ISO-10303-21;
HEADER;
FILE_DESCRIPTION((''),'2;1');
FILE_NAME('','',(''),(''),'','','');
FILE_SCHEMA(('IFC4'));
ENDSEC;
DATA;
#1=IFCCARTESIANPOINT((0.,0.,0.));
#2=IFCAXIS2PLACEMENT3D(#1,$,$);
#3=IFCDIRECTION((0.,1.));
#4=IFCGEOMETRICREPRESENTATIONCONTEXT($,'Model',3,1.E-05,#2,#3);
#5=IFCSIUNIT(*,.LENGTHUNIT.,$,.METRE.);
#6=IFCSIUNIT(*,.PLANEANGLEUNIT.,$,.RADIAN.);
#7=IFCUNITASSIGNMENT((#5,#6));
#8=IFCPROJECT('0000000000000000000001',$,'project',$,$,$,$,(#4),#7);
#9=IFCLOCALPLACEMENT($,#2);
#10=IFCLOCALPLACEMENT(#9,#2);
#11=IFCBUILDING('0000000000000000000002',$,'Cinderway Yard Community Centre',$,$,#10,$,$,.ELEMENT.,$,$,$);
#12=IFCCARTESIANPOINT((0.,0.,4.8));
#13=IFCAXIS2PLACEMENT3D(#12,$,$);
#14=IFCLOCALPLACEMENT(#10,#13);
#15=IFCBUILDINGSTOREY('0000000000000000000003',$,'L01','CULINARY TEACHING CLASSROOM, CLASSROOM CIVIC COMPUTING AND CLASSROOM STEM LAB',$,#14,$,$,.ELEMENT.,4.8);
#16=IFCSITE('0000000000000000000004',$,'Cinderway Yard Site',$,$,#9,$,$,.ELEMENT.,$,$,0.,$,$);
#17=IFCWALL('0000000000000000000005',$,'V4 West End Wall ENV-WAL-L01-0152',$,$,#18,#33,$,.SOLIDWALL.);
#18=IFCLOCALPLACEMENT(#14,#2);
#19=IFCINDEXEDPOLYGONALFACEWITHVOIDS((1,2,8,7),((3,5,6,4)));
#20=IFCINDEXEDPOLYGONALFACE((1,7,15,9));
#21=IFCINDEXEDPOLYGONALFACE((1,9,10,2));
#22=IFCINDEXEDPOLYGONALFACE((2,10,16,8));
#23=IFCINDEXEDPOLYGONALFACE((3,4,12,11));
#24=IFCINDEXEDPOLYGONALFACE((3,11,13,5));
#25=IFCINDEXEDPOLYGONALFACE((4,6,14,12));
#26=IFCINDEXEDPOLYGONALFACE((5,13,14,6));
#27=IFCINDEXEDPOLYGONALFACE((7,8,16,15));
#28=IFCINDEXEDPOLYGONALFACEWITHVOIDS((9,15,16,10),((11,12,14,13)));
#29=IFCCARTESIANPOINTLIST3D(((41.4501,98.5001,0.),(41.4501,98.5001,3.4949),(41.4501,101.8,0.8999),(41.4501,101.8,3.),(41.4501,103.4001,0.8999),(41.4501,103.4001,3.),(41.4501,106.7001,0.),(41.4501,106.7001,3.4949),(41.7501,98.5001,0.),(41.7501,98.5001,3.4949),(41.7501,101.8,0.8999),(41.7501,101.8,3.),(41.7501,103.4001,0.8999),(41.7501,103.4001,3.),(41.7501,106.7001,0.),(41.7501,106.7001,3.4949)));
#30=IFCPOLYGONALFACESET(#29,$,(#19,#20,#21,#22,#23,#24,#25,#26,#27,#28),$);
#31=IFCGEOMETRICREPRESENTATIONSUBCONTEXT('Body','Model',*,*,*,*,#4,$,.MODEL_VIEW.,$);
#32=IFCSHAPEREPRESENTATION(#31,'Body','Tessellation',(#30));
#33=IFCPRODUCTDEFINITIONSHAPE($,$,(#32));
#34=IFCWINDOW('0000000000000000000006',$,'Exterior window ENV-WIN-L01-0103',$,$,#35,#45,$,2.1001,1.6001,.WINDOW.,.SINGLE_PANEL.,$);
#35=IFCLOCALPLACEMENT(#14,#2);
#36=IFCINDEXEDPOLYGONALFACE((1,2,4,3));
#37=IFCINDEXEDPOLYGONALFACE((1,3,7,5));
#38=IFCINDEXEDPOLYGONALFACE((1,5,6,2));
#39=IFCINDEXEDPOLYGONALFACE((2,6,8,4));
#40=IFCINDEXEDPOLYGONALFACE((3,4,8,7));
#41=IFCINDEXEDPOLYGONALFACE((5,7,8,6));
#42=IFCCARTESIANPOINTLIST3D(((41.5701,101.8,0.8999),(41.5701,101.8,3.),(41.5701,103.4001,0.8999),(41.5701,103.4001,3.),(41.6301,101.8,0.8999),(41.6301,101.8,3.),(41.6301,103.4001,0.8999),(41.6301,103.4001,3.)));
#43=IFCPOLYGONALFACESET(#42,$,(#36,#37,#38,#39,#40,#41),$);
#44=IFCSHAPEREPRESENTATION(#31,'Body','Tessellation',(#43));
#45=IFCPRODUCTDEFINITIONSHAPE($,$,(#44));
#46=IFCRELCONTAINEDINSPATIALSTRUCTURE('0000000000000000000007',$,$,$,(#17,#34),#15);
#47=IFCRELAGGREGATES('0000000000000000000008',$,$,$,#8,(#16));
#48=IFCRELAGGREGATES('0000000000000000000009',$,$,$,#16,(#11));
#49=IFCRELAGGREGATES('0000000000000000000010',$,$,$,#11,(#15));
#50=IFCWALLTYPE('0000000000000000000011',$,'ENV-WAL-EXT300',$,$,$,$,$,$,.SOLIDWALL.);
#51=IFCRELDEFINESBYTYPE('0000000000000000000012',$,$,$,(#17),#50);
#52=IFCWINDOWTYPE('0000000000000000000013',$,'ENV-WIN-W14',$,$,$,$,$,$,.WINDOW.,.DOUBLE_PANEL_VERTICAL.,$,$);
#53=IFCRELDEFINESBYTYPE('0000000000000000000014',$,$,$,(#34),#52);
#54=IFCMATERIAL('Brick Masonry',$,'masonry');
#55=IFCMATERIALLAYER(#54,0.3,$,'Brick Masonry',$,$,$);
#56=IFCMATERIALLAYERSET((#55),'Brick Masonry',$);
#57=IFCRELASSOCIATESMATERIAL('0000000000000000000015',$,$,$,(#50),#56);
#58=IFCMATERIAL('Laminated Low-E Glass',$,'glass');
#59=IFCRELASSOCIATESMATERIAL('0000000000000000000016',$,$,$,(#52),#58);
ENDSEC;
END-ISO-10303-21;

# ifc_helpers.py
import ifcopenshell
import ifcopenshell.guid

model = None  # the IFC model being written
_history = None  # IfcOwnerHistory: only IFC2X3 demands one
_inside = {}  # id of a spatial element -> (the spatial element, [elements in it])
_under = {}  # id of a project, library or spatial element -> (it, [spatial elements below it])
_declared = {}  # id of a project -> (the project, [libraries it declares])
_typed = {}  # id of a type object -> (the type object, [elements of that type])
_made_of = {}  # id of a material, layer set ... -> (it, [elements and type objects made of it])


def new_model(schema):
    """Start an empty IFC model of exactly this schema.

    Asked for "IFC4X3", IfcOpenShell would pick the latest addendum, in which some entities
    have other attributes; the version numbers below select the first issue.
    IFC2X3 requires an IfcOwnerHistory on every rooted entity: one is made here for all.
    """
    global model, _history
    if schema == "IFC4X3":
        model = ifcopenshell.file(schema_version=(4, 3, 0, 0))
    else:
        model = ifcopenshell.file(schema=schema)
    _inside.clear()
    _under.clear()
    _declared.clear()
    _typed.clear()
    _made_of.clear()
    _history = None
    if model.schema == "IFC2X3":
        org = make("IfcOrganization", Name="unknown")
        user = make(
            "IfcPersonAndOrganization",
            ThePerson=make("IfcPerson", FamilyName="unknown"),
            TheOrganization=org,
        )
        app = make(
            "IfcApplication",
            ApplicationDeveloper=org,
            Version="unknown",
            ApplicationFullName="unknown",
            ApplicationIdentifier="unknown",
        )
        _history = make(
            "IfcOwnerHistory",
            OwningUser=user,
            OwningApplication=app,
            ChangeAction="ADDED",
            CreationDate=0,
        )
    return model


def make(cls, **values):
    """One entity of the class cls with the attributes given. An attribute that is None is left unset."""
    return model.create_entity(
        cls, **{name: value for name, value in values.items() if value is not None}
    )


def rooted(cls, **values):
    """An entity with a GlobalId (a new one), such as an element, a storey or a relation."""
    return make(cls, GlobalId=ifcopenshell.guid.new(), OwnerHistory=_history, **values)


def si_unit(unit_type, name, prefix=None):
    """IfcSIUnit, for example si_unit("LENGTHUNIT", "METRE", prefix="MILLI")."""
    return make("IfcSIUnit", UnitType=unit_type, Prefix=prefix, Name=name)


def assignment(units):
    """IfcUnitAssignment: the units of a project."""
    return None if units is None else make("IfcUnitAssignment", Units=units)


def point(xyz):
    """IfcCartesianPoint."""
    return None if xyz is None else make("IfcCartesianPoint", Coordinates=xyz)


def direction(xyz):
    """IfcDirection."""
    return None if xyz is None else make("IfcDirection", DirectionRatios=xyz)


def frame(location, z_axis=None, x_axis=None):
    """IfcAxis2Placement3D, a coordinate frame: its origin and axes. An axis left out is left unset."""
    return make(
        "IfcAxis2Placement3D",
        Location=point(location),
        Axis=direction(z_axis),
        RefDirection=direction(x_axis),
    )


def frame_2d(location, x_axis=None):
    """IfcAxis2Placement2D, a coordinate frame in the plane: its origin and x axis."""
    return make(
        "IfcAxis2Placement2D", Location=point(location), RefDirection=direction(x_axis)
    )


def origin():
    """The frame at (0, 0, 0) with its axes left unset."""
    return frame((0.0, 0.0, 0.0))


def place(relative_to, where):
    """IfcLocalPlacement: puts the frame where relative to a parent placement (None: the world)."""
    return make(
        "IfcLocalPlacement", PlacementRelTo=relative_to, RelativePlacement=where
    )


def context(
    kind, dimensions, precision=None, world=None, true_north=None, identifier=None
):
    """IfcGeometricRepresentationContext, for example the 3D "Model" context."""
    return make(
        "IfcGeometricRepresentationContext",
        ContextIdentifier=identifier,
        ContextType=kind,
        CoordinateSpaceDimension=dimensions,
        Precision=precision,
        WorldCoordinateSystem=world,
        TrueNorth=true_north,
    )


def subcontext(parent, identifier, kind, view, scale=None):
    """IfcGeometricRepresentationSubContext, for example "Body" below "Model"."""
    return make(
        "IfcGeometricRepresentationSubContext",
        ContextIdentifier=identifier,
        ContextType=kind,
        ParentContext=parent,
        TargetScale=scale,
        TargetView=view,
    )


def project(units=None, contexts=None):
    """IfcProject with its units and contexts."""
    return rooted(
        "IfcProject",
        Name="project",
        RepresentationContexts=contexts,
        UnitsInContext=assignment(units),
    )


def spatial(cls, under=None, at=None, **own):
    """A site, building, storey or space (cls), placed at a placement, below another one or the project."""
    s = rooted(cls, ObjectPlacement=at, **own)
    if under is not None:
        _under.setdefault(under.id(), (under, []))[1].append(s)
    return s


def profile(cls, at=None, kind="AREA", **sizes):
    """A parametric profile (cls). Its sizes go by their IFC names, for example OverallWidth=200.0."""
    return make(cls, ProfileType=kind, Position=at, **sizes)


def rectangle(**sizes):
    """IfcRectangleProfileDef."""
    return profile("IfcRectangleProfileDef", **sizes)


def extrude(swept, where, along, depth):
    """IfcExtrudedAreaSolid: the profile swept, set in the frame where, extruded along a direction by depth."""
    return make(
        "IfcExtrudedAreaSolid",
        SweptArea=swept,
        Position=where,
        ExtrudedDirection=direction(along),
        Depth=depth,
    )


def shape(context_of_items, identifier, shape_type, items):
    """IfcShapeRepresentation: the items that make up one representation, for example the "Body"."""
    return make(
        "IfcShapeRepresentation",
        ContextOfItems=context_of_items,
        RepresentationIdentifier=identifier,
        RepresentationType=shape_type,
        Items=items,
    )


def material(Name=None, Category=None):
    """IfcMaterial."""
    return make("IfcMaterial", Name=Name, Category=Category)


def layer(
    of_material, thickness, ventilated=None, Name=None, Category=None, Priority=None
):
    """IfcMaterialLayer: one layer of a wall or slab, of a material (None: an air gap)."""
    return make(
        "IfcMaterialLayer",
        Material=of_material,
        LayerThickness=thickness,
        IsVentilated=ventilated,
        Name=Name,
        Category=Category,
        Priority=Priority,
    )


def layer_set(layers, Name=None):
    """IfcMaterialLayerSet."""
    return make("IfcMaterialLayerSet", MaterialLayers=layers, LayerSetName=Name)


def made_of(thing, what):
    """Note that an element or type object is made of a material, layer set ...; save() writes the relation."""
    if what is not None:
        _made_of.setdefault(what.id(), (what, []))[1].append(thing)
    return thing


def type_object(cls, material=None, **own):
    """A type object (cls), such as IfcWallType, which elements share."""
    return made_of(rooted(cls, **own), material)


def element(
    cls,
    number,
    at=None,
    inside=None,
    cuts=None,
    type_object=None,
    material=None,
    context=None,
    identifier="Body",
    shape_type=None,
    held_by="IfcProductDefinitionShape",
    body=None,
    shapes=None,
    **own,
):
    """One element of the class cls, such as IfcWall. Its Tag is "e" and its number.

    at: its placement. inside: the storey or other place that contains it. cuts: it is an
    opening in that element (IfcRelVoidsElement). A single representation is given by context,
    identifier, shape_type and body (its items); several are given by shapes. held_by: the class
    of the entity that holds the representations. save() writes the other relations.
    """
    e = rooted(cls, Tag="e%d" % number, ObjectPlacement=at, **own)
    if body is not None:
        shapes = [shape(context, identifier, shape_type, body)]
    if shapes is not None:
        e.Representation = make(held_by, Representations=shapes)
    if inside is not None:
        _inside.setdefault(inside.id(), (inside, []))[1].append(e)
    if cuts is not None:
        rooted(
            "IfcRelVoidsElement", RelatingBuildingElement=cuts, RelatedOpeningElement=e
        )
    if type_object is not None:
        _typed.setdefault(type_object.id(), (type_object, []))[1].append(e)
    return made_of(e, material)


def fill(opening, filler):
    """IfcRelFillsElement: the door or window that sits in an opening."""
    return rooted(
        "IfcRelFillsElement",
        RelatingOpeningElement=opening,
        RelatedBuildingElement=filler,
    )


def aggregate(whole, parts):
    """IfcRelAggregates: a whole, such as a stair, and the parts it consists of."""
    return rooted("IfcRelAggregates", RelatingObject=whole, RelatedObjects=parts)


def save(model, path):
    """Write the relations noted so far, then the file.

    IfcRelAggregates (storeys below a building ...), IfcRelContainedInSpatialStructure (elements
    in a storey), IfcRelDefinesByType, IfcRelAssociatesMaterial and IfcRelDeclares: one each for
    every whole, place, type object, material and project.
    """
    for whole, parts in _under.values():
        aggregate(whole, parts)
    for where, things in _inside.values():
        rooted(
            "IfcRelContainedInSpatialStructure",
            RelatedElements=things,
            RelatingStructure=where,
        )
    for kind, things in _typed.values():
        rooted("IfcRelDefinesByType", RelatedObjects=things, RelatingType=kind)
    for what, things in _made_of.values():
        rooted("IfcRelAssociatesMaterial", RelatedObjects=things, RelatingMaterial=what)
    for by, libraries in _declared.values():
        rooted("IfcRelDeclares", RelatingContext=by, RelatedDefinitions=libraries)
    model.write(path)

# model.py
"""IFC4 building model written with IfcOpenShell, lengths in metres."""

from ifc_helpers import new_model, si_unit, direction, frame, frame_2d, origin, place, context, subcontext, project, spatial, rectangle, extrude, material, layer, layer_set, type_object, element, fill, save


model = new_model("IFC4")

# Units and contexts
model_context = context("Model", 3, precision=1e-05, world=origin(), true_north=direction((0.0, 1.0)))
body_context = subcontext(model_context, "Body", "Model", "MODEL_VIEW")
ifc_project = project(units=[si_unit("LENGTHUNIT", "METRE"), si_unit("PLANEANGLEUNIT", "RADIAN")], contexts=[model_context])

# Site, building, storey
site_placement = place(None, origin())
site = spatial("IfcSite", under=ifc_project, at=site_placement, Name="Cinderway Yard Site", CompositionType="ELEMENT", RefElevation=0.0)
building_placement = place(site_placement, origin())
building = spatial("IfcBuilding", under=site, at=building_placement, Name="Cinderway Yard Community Centre", CompositionType="ELEMENT")
storey_placement = place(building_placement, frame((0.0, 0.0, 4.8)))
storey = spatial("IfcBuildingStorey", under=building, at=storey_placement, Name="L01", Description="CULINARY TEACHING CLASSROOM, CLASSROOM CIVIC COMPUTING AND CLASSROOM STEM LAB", CompositionType="ELEMENT", Elevation=4.8)

# Shared definitions
ifc_material_1 = material(Name="Laminated Low-E Glass", Category="glass")

# Wall, opening, window
ifc_material_2 = material(Name="Brick Masonry", Category="masonry")
ifc_layer_1 = layer(ifc_material_2, 0.3, Name="Brick Masonry")
ifc_layer_set_1 = layer_set([ifc_layer_1], Name="Brick Masonry")
wall_type_1 = type_object("IfcWallType", Name="ENV-WAL-EXT300", PredefinedType="SOLIDWALL", material=ifc_layer_set_1)
wall_1_placement = place(storey_placement, frame((41.6001, 98.5, 0.0), z_axis=(0.0, 0.0, 1.0), x_axis=(0.0, 1.0, 0.0)))
wall_1 = element("IfcWall", 1, at=wall_1_placement, inside=storey, type_object=wall_type_1, Name="V4 West End Wall ENV-WAL-L01-0152", PredefinedType="SOLIDWALL", context=body_context, shape_type="SweptSolid", body=[
    extrude(rectangle(XDim=8.2, YDim=0.3, at=frame_2d((4.1001, 0.0))), origin(), (0.0, 0.0, 1.0), 3.4949),
])
opening_1_placement = place(wall_1_placement, frame((3.3, 0.0, 0.8999)))
opening_1 = element("IfcOpeningElement", 2, at=opening_1_placement, cuts=wall_1, PredefinedType="OPENING", context=body_context, shape_type="SweptSolid", body=[
    extrude(rectangle(XDim=1.6001, YDim=2.1001, at=frame_2d((0.8, 1.05))), frame((0.0, 0.1599, 0.0), z_axis=(0.0, -1.0, 0.0), x_axis=(1.0, 0.0, 0.0)), (0.0, 0.0, 1.0), 0.3201),
])
window_type = type_object("IfcWindowType", Name="ENV-WIN-W14", PartitioningType="DOUBLE_PANEL_VERTICAL", PredefinedType="WINDOW", material=ifc_material_1)
window_placement = place(opening_1_placement, origin())
window = element("IfcWindow", 3, at=window_placement, inside=storey, type_object=window_type, Name="Exterior window ENV-WIN-L01-0103", OverallHeight=2.1001, OverallWidth=1.6001, PartitioningType="SINGLE_PANEL", PredefinedType="WINDOW", context=body_context, shape_type="SweptSolid", body=[
    extrude(rectangle(XDim=1.6001, YDim=2.1001, at=frame_2d((0.8, 1.05))), frame((0.0, 0.03, 0.0), z_axis=(0.0, -1.0, 0.0), x_axis=(1.0, 0.0, 0.0)), (0.0, 0.0, 1.0), 0.0601),
])
fill(opening_1, window)

save(model, "model.ifc")
